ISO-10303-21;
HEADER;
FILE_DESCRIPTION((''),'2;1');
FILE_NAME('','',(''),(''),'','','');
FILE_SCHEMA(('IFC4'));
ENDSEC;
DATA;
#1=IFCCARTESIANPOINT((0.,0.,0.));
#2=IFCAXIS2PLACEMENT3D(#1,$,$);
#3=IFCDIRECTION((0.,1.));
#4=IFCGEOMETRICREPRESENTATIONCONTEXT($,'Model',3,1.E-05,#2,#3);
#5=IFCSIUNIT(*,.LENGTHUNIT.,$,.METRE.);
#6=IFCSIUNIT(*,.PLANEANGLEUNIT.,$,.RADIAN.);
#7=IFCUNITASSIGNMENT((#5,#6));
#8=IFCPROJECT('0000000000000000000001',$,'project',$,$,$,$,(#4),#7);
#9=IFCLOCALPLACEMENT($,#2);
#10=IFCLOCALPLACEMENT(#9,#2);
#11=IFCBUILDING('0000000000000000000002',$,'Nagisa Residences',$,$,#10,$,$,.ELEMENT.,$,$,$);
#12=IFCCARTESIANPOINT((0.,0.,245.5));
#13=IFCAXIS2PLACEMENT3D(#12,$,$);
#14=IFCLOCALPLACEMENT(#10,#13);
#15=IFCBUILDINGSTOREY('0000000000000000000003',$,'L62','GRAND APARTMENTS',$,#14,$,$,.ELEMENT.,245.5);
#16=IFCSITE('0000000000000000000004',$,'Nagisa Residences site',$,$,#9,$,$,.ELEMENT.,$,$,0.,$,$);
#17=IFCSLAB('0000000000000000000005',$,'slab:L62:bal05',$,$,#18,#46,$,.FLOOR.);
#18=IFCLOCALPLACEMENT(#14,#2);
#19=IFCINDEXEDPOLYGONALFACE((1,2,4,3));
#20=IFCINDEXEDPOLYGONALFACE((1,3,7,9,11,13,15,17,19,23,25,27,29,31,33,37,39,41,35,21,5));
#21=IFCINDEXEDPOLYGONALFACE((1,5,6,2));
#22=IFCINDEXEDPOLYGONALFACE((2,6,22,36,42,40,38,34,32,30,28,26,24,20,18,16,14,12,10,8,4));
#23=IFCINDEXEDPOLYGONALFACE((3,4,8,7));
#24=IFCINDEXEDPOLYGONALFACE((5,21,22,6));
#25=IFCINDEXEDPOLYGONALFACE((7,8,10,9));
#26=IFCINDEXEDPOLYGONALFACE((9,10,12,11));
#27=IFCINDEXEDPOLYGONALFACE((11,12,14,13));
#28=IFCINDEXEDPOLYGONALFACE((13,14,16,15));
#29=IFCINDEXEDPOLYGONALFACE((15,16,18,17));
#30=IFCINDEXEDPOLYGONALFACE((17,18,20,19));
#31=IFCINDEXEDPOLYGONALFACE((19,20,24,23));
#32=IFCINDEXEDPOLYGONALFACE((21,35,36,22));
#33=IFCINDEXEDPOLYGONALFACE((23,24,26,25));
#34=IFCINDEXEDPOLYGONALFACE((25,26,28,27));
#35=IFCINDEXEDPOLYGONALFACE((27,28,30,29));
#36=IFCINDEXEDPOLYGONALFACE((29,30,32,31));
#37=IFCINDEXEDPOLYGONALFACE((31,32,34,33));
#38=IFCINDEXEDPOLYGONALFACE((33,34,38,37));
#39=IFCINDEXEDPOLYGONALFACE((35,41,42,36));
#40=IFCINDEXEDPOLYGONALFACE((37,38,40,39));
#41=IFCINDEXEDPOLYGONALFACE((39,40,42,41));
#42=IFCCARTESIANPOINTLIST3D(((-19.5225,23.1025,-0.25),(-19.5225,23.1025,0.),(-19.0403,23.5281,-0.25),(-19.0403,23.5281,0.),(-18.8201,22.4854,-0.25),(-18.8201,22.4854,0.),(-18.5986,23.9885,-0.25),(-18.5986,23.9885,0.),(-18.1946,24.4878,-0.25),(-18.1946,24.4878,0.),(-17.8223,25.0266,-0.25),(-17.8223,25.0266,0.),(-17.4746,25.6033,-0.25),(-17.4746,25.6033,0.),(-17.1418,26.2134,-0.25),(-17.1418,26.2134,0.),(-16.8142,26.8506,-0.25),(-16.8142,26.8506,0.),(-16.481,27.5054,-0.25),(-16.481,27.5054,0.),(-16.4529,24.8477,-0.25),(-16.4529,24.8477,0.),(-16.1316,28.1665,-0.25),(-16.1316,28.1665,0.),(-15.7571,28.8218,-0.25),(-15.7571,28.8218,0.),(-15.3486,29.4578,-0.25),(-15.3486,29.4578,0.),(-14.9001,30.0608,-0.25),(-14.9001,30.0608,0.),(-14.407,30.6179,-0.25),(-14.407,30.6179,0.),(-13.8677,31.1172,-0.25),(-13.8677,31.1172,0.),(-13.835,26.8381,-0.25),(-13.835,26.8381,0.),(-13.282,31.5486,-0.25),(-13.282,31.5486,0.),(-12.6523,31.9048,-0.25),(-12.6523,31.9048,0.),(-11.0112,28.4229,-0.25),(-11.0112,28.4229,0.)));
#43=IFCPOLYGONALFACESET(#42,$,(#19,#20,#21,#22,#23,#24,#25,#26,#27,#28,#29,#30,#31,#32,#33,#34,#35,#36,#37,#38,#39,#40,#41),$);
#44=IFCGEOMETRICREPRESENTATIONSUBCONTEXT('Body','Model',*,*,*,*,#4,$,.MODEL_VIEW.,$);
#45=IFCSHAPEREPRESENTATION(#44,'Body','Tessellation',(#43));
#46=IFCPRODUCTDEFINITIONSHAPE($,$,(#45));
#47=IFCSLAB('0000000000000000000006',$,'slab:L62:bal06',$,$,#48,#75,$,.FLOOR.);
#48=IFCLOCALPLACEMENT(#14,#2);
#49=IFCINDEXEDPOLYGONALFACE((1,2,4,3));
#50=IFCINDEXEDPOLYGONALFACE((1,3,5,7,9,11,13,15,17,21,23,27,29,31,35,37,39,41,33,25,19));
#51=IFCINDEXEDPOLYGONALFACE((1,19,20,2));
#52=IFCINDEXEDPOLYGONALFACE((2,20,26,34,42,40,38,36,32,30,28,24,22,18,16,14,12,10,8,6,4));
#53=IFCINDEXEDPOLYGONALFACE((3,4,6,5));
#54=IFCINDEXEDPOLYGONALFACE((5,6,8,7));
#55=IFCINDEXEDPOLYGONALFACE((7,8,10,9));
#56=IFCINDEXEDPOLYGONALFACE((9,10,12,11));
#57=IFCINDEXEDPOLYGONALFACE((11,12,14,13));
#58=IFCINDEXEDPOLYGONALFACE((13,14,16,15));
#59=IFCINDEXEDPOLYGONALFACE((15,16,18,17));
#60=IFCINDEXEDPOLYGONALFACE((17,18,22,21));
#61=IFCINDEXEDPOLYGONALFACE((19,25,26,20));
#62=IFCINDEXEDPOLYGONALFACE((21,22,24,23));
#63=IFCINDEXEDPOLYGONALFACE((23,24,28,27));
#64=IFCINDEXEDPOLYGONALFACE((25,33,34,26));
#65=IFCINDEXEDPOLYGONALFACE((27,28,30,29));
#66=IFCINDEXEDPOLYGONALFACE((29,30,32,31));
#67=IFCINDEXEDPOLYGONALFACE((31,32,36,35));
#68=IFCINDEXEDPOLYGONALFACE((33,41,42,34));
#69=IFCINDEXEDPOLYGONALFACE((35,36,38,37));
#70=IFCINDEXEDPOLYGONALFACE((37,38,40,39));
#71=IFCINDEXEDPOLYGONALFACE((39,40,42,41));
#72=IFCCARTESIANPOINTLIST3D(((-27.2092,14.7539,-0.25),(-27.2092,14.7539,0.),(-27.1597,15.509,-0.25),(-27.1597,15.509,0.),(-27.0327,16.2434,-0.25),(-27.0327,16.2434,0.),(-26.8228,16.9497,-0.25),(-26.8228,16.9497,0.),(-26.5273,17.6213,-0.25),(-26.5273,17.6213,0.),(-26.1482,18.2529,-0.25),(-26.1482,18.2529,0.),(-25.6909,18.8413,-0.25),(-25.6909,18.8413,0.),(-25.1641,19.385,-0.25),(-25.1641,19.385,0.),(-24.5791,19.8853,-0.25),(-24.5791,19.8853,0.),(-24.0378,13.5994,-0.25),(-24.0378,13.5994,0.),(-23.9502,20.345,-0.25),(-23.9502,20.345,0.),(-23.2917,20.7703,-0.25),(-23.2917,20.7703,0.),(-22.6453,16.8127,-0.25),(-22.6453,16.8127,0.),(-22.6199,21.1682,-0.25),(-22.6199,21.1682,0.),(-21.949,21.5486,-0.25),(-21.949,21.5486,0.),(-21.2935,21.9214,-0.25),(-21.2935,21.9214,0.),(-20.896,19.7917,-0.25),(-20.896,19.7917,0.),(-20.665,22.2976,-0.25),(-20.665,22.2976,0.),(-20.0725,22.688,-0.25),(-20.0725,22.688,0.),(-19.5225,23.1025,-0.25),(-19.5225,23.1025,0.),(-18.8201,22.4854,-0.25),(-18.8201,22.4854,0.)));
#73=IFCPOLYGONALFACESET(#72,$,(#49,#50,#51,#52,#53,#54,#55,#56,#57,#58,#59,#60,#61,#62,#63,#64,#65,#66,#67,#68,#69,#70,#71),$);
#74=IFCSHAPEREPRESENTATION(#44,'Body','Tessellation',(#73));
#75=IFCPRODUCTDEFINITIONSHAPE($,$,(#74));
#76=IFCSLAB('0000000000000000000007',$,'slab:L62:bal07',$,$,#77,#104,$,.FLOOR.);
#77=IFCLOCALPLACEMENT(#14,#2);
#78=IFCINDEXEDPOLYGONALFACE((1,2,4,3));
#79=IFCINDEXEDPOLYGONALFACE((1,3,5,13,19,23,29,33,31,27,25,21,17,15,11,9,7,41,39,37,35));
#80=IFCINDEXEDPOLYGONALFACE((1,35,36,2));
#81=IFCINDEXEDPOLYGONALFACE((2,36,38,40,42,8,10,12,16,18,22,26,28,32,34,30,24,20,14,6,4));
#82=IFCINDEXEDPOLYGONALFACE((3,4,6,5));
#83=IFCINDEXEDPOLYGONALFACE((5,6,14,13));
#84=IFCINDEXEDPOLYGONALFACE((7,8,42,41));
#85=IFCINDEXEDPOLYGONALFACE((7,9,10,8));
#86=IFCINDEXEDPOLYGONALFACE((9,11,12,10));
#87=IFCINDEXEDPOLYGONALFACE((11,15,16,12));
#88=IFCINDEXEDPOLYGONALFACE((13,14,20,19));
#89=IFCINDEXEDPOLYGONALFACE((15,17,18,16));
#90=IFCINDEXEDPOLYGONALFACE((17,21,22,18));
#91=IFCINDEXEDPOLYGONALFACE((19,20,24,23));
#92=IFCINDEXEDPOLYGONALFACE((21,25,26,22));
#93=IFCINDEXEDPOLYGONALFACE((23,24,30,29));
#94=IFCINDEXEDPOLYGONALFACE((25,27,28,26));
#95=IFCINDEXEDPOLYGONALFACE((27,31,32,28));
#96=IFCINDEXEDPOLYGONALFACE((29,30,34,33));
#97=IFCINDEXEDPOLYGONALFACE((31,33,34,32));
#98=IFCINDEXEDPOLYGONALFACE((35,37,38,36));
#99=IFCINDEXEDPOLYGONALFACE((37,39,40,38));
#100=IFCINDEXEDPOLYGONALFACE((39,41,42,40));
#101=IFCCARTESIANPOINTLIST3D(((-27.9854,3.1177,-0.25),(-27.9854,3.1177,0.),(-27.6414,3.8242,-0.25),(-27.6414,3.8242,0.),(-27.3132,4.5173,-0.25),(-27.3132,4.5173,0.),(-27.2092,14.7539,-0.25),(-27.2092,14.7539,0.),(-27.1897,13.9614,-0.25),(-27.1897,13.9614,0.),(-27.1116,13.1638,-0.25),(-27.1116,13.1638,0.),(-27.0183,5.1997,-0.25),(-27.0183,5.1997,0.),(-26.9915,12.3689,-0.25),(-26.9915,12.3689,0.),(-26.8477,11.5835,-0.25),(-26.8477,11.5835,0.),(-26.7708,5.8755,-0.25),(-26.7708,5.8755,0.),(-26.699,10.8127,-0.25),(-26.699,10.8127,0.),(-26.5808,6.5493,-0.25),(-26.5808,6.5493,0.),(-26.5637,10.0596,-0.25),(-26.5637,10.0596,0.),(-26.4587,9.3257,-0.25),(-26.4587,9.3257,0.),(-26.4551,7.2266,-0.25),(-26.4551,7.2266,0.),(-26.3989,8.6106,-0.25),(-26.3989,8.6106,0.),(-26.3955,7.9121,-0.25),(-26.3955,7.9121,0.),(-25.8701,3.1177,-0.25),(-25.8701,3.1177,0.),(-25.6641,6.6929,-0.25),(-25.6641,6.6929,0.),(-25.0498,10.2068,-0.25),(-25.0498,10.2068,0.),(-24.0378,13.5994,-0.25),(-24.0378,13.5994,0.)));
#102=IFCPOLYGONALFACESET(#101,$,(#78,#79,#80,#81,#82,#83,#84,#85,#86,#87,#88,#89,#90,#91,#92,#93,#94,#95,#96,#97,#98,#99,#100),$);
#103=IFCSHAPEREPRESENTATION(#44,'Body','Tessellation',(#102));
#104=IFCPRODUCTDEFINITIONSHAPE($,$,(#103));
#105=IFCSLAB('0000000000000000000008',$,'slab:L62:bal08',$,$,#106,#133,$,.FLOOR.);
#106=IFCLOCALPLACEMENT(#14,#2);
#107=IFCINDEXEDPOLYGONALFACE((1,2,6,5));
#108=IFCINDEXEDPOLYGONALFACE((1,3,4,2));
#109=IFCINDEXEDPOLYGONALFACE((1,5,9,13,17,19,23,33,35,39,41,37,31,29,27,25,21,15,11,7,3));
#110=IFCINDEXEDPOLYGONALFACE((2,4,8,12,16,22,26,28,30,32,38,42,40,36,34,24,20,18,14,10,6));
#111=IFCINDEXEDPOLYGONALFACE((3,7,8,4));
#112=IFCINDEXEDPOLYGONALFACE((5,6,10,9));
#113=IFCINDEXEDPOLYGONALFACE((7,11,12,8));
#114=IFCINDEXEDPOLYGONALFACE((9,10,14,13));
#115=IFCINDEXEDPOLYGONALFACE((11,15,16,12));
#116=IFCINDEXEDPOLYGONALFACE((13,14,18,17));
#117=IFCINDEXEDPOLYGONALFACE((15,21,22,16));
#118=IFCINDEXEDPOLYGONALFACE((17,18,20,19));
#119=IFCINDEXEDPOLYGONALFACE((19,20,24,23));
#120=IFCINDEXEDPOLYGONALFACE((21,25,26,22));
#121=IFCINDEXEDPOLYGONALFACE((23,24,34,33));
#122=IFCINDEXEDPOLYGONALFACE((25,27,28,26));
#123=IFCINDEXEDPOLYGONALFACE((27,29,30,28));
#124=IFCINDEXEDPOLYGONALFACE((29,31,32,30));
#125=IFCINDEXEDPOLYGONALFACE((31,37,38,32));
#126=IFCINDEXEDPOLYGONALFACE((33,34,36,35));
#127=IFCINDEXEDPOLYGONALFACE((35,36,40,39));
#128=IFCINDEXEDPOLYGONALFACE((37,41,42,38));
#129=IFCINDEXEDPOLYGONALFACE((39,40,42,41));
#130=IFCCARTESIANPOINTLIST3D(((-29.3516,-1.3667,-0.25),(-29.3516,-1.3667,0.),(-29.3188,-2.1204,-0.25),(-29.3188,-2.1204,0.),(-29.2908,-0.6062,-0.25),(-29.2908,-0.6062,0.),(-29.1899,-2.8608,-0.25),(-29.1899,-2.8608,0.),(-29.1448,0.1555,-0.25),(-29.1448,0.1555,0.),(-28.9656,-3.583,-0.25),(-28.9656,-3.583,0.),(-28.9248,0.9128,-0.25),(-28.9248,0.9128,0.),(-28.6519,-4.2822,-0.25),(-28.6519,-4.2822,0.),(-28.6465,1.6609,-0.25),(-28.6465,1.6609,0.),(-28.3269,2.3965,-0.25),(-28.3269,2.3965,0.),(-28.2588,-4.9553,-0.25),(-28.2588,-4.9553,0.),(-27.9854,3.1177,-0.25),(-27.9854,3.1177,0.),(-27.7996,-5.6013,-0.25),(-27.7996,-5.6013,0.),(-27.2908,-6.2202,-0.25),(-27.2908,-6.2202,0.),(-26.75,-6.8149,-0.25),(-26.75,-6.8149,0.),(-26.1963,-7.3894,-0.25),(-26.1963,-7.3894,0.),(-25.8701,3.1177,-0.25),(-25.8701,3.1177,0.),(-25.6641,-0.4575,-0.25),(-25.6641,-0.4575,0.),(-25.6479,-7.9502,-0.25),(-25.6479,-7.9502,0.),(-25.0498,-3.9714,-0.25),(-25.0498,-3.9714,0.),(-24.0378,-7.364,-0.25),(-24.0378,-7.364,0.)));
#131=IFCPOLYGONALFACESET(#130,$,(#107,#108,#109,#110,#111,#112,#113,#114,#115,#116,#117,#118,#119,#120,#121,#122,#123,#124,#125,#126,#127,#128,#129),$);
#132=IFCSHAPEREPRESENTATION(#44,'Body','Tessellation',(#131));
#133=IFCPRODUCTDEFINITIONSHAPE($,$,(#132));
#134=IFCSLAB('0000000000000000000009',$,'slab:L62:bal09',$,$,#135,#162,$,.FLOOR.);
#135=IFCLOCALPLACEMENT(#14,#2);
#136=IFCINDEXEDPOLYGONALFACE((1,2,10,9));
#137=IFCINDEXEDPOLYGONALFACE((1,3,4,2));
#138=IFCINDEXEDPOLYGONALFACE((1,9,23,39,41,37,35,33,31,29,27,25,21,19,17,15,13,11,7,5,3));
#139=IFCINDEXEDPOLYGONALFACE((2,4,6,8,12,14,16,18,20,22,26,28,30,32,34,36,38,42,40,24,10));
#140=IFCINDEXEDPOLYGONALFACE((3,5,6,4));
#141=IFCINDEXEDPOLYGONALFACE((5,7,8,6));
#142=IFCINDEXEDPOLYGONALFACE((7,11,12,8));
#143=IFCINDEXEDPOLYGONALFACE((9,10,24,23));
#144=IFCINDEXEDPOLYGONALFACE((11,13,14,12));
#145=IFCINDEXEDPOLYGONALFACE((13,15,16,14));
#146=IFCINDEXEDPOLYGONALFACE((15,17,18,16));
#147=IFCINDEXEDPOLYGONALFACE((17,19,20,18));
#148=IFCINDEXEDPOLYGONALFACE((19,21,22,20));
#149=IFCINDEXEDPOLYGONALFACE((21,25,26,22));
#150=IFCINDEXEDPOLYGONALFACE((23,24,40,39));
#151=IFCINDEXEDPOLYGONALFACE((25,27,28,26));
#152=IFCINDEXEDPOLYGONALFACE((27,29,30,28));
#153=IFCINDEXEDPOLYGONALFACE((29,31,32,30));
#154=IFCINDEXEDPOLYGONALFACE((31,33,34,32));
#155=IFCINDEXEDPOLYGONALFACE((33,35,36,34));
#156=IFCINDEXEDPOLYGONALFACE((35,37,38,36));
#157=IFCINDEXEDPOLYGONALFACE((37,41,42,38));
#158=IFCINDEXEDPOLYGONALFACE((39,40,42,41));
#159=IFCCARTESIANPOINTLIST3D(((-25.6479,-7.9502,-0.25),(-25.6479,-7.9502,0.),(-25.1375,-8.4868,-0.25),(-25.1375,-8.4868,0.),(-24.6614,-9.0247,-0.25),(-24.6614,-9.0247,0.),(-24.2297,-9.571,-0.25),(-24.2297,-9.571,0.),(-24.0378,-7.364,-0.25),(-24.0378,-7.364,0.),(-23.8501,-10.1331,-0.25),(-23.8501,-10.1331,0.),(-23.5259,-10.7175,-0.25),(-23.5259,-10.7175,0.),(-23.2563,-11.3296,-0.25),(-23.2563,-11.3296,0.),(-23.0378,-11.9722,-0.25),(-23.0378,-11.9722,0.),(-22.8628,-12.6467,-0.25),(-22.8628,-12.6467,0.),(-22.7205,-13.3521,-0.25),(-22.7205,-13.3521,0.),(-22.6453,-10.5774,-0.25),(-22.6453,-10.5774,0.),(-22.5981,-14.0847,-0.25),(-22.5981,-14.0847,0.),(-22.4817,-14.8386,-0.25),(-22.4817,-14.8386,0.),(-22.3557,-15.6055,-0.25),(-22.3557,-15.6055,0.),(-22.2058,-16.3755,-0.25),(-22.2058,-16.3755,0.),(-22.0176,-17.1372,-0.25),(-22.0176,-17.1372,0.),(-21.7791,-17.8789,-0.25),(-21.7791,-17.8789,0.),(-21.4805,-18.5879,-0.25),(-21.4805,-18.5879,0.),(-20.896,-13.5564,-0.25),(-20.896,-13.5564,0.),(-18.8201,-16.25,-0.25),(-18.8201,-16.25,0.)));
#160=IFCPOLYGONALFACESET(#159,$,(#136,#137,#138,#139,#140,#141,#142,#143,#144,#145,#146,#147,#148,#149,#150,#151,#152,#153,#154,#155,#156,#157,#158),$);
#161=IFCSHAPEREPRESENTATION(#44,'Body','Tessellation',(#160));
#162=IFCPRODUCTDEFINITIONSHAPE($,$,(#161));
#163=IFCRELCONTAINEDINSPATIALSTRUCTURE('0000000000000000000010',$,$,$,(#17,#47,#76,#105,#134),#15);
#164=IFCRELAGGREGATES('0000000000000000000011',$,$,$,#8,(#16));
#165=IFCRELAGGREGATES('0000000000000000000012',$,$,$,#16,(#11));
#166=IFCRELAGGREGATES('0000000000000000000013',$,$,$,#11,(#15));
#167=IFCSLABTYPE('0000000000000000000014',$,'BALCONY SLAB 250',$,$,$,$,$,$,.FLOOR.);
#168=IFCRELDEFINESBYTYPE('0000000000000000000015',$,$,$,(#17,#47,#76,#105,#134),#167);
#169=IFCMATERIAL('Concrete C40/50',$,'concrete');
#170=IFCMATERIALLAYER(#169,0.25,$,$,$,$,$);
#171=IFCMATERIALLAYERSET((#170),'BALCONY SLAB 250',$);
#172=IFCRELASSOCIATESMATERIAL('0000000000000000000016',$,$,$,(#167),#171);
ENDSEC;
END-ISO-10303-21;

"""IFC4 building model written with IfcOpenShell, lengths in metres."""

from ifc_helpers import new_model, si_unit, direction, frame, origin, place, context, subcontext, project, spatial, polyline, outline, extrude, material, layer, layer_set, type_object, element, save


model = new_model("IFC4")

# Units and contexts
model_context = context("Model", 3, precision=1e-05, world=origin(), true_north=direction((0.0, 1.0)))
body_context = subcontext(model_context, "Body", "Model", "MODEL_VIEW")
ifc_project = project(units=[si_unit("LENGTHUNIT", "METRE"), si_unit("PLANEANGLEUNIT", "RADIAN")], contexts=[model_context])

# Site, building, storey
site_placement = place(None, origin())
site = spatial("IfcSite", under=ifc_project, at=site_placement, Name="Nagisa Residences site", CompositionType="ELEMENT", RefElevation=0.0)
building_placement = place(site_placement, origin())
building = spatial("IfcBuilding", under=site, at=building_placement, Name="Nagisa Residences", CompositionType="ELEMENT")
storey_placement = place(building_placement, frame((0.0, 0.0, 245.5)))
storey = spatial("IfcBuildingStorey", under=building, at=storey_placement, Name="L62", Description="GRAND APARTMENTS", CompositionType="ELEMENT", Elevation=245.5)

# Slabs
ifc_material_1 = material(Name="Concrete C40/50", Category="concrete")
ifc_layer_1 = layer(ifc_material_1, 0.25)
ifc_layer_set_1 = layer_set([ifc_layer_1], Name="BALCONY SLAB 250")
slab_type_1 = type_object("IfcSlabType", Name="BALCONY SLAB 250", PredefinedType="FLOOR", material=ifc_layer_set_1)
slab_1_placement = place(storey_placement, frame((0.0, 0.0, -0.25)))
element("IfcSlab", 1, at=slab_1_placement, inside=storey, type_object=slab_type_1, Name="slab:L62:bal05", PredefinedType="FLOOR", context=body_context, shape_type="SweptSolid", body=[
    extrude(outline(polyline([(-12.6523, 31.9048), (-13.282, 31.5486), (-13.8677, 31.1172), (-14.407, 30.6179), (-14.9001, 30.0608), (-15.3486, 29.4578), (-15.7571, 28.8218), (-16.1316, 28.1665), (-16.481, 27.5054), (-16.8142, 26.8506), (-17.1418, 26.2134), (-17.4746, 25.6033), (-17.8223, 25.0266), (-18.1946, 24.4878), (-18.5986, 23.9885), (-19.0403, 23.5281), (-19.5225, 23.1025), (-18.8201, 22.4854), (-16.4529, 24.8477), (-13.835, 26.8381), (-11.0112, 28.4229), (-12.6523, 31.9048)])), origin(), (0.0, 0.0, 1.0), 0.25),
])
slab_2_placement = place(storey_placement, frame((0.0, 0.0, -0.25)))
element("IfcSlab", 2, at=slab_2_placement, inside=storey, type_object=slab_type_1, Name="slab:L62:bal06", PredefinedType="FLOOR", context=body_context, shape_type="SweptSolid", body=[
    extrude(outline(polyline([(-19.5225, 23.1025), (-20.0725, 22.688), (-20.665, 22.2976), (-21.2935, 21.9214), (-21.949, 21.5486), (-22.6199, 21.1682), (-23.2917, 20.7703), (-23.9502, 20.345), (-24.5791, 19.8853), (-25.1641, 19.385), (-25.6909, 18.8413), (-26.1482, 18.2529), (-26.5273, 17.6213), (-26.8228, 16.9497), (-27.0327, 16.2434), (-27.1597, 15.509), (-27.2092, 14.7539), (-24.0378, 13.5994), (-22.6453, 16.8127), (-20.896, 19.7917), (-18.8201, 22.4854), (-19.5225, 23.1025)])), origin(), (0.0, 0.0, 1.0), 0.25),
])
slab_3_placement = place(storey_placement, frame((0.0, 0.0, -0.25)))
element("IfcSlab", 3, at=slab_3_placement, inside=storey, type_object=slab_type_1, Name="slab:L62:bal07", PredefinedType="FLOOR", context=body_context, shape_type="SweptSolid", body=[
    extrude(outline(polyline([(-27.2092, 14.7539), (-27.1897, 13.9614), (-27.1116, 13.1638), (-26.9915, 12.3689), (-26.8477, 11.5835), (-26.699, 10.8127), (-26.5637, 10.0596), (-26.4587, 9.3257), (-26.3989, 8.6106), (-26.3955, 7.9121), (-26.4551, 7.2266), (-26.5808, 6.5493), (-26.7708, 5.8755), (-27.0183, 5.1997), (-27.3132, 4.5173), (-27.6414, 3.8242), (-27.9854, 3.1177), (-25.8701, 3.1177), (-25.6641, 6.6929), (-25.0498, 10.2068), (-24.0378, 13.5994), (-27.2092, 14.7539)])), origin(), (0.0, 0.0, 1.0), 0.25),
])
slab_4_placement = place(storey_placement, frame((0.0, 0.0, -0.25)))
element("IfcSlab", 4, at=slab_4_placement, inside=storey, type_object=slab_type_1, Name="slab:L62:bal08", PredefinedType="FLOOR", context=body_context, shape_type="SweptSolid", body=[
    extrude(outline(polyline([(-27.9854, 3.1177), (-28.3269, 2.3965), (-28.6465, 1.6609), (-28.9248, 0.9128), (-29.1448, 0.1555), (-29.2908, -0.6062), (-29.3516, -1.3667), (-29.3188, -2.1204), (-29.1899, -2.8608), (-28.9656, -3.583), (-28.6519, -4.2822), (-28.2588, -4.9553), (-27.7996, -5.6013), (-27.2908, -6.2202), (-26.75, -6.8149), (-26.1963, -7.3894), (-25.6479, -7.9502), (-24.0378, -7.364), (-25.0498, -3.9714), (-25.6641, -0.4575), (-25.8701, 3.1177), (-27.9854, 3.1177)])), origin(), (0.0, 0.0, 1.0), 0.25),
])
slab_5_placement = place(storey_placement, frame((0.0, 0.0, -0.25)))
element("IfcSlab", 5, at=slab_5_placement, inside=storey, type_object=slab_type_1, Name="slab:L62:bal09", PredefinedType="FLOOR", context=body_context, shape_type="SweptSolid", body=[
    extrude(outline(polyline([(-25.6479, -7.9502), (-25.1375, -8.4868), (-24.6614, -9.0247), (-24.2297, -9.571), (-23.8501, -10.1331), (-23.5259, -10.7175), (-23.2563, -11.3296), (-23.0378, -11.9722), (-22.8628, -12.6467), (-22.7205, -13.3521), (-22.5981, -14.0847), (-22.4817, -14.8386), (-22.3557, -15.6055), (-22.2058, -16.3755), (-22.0176, -17.1372), (-21.7791, -17.8789), (-21.4805, -18.5879), (-18.8201, -16.25), (-20.896, -13.5564), (-22.6453, -10.5774), (-24.0378, -7.364), (-25.6479, -7.9502)])), origin(), (0.0, 0.0, 1.0), 0.25),
])

save(model, "model.ifc")
